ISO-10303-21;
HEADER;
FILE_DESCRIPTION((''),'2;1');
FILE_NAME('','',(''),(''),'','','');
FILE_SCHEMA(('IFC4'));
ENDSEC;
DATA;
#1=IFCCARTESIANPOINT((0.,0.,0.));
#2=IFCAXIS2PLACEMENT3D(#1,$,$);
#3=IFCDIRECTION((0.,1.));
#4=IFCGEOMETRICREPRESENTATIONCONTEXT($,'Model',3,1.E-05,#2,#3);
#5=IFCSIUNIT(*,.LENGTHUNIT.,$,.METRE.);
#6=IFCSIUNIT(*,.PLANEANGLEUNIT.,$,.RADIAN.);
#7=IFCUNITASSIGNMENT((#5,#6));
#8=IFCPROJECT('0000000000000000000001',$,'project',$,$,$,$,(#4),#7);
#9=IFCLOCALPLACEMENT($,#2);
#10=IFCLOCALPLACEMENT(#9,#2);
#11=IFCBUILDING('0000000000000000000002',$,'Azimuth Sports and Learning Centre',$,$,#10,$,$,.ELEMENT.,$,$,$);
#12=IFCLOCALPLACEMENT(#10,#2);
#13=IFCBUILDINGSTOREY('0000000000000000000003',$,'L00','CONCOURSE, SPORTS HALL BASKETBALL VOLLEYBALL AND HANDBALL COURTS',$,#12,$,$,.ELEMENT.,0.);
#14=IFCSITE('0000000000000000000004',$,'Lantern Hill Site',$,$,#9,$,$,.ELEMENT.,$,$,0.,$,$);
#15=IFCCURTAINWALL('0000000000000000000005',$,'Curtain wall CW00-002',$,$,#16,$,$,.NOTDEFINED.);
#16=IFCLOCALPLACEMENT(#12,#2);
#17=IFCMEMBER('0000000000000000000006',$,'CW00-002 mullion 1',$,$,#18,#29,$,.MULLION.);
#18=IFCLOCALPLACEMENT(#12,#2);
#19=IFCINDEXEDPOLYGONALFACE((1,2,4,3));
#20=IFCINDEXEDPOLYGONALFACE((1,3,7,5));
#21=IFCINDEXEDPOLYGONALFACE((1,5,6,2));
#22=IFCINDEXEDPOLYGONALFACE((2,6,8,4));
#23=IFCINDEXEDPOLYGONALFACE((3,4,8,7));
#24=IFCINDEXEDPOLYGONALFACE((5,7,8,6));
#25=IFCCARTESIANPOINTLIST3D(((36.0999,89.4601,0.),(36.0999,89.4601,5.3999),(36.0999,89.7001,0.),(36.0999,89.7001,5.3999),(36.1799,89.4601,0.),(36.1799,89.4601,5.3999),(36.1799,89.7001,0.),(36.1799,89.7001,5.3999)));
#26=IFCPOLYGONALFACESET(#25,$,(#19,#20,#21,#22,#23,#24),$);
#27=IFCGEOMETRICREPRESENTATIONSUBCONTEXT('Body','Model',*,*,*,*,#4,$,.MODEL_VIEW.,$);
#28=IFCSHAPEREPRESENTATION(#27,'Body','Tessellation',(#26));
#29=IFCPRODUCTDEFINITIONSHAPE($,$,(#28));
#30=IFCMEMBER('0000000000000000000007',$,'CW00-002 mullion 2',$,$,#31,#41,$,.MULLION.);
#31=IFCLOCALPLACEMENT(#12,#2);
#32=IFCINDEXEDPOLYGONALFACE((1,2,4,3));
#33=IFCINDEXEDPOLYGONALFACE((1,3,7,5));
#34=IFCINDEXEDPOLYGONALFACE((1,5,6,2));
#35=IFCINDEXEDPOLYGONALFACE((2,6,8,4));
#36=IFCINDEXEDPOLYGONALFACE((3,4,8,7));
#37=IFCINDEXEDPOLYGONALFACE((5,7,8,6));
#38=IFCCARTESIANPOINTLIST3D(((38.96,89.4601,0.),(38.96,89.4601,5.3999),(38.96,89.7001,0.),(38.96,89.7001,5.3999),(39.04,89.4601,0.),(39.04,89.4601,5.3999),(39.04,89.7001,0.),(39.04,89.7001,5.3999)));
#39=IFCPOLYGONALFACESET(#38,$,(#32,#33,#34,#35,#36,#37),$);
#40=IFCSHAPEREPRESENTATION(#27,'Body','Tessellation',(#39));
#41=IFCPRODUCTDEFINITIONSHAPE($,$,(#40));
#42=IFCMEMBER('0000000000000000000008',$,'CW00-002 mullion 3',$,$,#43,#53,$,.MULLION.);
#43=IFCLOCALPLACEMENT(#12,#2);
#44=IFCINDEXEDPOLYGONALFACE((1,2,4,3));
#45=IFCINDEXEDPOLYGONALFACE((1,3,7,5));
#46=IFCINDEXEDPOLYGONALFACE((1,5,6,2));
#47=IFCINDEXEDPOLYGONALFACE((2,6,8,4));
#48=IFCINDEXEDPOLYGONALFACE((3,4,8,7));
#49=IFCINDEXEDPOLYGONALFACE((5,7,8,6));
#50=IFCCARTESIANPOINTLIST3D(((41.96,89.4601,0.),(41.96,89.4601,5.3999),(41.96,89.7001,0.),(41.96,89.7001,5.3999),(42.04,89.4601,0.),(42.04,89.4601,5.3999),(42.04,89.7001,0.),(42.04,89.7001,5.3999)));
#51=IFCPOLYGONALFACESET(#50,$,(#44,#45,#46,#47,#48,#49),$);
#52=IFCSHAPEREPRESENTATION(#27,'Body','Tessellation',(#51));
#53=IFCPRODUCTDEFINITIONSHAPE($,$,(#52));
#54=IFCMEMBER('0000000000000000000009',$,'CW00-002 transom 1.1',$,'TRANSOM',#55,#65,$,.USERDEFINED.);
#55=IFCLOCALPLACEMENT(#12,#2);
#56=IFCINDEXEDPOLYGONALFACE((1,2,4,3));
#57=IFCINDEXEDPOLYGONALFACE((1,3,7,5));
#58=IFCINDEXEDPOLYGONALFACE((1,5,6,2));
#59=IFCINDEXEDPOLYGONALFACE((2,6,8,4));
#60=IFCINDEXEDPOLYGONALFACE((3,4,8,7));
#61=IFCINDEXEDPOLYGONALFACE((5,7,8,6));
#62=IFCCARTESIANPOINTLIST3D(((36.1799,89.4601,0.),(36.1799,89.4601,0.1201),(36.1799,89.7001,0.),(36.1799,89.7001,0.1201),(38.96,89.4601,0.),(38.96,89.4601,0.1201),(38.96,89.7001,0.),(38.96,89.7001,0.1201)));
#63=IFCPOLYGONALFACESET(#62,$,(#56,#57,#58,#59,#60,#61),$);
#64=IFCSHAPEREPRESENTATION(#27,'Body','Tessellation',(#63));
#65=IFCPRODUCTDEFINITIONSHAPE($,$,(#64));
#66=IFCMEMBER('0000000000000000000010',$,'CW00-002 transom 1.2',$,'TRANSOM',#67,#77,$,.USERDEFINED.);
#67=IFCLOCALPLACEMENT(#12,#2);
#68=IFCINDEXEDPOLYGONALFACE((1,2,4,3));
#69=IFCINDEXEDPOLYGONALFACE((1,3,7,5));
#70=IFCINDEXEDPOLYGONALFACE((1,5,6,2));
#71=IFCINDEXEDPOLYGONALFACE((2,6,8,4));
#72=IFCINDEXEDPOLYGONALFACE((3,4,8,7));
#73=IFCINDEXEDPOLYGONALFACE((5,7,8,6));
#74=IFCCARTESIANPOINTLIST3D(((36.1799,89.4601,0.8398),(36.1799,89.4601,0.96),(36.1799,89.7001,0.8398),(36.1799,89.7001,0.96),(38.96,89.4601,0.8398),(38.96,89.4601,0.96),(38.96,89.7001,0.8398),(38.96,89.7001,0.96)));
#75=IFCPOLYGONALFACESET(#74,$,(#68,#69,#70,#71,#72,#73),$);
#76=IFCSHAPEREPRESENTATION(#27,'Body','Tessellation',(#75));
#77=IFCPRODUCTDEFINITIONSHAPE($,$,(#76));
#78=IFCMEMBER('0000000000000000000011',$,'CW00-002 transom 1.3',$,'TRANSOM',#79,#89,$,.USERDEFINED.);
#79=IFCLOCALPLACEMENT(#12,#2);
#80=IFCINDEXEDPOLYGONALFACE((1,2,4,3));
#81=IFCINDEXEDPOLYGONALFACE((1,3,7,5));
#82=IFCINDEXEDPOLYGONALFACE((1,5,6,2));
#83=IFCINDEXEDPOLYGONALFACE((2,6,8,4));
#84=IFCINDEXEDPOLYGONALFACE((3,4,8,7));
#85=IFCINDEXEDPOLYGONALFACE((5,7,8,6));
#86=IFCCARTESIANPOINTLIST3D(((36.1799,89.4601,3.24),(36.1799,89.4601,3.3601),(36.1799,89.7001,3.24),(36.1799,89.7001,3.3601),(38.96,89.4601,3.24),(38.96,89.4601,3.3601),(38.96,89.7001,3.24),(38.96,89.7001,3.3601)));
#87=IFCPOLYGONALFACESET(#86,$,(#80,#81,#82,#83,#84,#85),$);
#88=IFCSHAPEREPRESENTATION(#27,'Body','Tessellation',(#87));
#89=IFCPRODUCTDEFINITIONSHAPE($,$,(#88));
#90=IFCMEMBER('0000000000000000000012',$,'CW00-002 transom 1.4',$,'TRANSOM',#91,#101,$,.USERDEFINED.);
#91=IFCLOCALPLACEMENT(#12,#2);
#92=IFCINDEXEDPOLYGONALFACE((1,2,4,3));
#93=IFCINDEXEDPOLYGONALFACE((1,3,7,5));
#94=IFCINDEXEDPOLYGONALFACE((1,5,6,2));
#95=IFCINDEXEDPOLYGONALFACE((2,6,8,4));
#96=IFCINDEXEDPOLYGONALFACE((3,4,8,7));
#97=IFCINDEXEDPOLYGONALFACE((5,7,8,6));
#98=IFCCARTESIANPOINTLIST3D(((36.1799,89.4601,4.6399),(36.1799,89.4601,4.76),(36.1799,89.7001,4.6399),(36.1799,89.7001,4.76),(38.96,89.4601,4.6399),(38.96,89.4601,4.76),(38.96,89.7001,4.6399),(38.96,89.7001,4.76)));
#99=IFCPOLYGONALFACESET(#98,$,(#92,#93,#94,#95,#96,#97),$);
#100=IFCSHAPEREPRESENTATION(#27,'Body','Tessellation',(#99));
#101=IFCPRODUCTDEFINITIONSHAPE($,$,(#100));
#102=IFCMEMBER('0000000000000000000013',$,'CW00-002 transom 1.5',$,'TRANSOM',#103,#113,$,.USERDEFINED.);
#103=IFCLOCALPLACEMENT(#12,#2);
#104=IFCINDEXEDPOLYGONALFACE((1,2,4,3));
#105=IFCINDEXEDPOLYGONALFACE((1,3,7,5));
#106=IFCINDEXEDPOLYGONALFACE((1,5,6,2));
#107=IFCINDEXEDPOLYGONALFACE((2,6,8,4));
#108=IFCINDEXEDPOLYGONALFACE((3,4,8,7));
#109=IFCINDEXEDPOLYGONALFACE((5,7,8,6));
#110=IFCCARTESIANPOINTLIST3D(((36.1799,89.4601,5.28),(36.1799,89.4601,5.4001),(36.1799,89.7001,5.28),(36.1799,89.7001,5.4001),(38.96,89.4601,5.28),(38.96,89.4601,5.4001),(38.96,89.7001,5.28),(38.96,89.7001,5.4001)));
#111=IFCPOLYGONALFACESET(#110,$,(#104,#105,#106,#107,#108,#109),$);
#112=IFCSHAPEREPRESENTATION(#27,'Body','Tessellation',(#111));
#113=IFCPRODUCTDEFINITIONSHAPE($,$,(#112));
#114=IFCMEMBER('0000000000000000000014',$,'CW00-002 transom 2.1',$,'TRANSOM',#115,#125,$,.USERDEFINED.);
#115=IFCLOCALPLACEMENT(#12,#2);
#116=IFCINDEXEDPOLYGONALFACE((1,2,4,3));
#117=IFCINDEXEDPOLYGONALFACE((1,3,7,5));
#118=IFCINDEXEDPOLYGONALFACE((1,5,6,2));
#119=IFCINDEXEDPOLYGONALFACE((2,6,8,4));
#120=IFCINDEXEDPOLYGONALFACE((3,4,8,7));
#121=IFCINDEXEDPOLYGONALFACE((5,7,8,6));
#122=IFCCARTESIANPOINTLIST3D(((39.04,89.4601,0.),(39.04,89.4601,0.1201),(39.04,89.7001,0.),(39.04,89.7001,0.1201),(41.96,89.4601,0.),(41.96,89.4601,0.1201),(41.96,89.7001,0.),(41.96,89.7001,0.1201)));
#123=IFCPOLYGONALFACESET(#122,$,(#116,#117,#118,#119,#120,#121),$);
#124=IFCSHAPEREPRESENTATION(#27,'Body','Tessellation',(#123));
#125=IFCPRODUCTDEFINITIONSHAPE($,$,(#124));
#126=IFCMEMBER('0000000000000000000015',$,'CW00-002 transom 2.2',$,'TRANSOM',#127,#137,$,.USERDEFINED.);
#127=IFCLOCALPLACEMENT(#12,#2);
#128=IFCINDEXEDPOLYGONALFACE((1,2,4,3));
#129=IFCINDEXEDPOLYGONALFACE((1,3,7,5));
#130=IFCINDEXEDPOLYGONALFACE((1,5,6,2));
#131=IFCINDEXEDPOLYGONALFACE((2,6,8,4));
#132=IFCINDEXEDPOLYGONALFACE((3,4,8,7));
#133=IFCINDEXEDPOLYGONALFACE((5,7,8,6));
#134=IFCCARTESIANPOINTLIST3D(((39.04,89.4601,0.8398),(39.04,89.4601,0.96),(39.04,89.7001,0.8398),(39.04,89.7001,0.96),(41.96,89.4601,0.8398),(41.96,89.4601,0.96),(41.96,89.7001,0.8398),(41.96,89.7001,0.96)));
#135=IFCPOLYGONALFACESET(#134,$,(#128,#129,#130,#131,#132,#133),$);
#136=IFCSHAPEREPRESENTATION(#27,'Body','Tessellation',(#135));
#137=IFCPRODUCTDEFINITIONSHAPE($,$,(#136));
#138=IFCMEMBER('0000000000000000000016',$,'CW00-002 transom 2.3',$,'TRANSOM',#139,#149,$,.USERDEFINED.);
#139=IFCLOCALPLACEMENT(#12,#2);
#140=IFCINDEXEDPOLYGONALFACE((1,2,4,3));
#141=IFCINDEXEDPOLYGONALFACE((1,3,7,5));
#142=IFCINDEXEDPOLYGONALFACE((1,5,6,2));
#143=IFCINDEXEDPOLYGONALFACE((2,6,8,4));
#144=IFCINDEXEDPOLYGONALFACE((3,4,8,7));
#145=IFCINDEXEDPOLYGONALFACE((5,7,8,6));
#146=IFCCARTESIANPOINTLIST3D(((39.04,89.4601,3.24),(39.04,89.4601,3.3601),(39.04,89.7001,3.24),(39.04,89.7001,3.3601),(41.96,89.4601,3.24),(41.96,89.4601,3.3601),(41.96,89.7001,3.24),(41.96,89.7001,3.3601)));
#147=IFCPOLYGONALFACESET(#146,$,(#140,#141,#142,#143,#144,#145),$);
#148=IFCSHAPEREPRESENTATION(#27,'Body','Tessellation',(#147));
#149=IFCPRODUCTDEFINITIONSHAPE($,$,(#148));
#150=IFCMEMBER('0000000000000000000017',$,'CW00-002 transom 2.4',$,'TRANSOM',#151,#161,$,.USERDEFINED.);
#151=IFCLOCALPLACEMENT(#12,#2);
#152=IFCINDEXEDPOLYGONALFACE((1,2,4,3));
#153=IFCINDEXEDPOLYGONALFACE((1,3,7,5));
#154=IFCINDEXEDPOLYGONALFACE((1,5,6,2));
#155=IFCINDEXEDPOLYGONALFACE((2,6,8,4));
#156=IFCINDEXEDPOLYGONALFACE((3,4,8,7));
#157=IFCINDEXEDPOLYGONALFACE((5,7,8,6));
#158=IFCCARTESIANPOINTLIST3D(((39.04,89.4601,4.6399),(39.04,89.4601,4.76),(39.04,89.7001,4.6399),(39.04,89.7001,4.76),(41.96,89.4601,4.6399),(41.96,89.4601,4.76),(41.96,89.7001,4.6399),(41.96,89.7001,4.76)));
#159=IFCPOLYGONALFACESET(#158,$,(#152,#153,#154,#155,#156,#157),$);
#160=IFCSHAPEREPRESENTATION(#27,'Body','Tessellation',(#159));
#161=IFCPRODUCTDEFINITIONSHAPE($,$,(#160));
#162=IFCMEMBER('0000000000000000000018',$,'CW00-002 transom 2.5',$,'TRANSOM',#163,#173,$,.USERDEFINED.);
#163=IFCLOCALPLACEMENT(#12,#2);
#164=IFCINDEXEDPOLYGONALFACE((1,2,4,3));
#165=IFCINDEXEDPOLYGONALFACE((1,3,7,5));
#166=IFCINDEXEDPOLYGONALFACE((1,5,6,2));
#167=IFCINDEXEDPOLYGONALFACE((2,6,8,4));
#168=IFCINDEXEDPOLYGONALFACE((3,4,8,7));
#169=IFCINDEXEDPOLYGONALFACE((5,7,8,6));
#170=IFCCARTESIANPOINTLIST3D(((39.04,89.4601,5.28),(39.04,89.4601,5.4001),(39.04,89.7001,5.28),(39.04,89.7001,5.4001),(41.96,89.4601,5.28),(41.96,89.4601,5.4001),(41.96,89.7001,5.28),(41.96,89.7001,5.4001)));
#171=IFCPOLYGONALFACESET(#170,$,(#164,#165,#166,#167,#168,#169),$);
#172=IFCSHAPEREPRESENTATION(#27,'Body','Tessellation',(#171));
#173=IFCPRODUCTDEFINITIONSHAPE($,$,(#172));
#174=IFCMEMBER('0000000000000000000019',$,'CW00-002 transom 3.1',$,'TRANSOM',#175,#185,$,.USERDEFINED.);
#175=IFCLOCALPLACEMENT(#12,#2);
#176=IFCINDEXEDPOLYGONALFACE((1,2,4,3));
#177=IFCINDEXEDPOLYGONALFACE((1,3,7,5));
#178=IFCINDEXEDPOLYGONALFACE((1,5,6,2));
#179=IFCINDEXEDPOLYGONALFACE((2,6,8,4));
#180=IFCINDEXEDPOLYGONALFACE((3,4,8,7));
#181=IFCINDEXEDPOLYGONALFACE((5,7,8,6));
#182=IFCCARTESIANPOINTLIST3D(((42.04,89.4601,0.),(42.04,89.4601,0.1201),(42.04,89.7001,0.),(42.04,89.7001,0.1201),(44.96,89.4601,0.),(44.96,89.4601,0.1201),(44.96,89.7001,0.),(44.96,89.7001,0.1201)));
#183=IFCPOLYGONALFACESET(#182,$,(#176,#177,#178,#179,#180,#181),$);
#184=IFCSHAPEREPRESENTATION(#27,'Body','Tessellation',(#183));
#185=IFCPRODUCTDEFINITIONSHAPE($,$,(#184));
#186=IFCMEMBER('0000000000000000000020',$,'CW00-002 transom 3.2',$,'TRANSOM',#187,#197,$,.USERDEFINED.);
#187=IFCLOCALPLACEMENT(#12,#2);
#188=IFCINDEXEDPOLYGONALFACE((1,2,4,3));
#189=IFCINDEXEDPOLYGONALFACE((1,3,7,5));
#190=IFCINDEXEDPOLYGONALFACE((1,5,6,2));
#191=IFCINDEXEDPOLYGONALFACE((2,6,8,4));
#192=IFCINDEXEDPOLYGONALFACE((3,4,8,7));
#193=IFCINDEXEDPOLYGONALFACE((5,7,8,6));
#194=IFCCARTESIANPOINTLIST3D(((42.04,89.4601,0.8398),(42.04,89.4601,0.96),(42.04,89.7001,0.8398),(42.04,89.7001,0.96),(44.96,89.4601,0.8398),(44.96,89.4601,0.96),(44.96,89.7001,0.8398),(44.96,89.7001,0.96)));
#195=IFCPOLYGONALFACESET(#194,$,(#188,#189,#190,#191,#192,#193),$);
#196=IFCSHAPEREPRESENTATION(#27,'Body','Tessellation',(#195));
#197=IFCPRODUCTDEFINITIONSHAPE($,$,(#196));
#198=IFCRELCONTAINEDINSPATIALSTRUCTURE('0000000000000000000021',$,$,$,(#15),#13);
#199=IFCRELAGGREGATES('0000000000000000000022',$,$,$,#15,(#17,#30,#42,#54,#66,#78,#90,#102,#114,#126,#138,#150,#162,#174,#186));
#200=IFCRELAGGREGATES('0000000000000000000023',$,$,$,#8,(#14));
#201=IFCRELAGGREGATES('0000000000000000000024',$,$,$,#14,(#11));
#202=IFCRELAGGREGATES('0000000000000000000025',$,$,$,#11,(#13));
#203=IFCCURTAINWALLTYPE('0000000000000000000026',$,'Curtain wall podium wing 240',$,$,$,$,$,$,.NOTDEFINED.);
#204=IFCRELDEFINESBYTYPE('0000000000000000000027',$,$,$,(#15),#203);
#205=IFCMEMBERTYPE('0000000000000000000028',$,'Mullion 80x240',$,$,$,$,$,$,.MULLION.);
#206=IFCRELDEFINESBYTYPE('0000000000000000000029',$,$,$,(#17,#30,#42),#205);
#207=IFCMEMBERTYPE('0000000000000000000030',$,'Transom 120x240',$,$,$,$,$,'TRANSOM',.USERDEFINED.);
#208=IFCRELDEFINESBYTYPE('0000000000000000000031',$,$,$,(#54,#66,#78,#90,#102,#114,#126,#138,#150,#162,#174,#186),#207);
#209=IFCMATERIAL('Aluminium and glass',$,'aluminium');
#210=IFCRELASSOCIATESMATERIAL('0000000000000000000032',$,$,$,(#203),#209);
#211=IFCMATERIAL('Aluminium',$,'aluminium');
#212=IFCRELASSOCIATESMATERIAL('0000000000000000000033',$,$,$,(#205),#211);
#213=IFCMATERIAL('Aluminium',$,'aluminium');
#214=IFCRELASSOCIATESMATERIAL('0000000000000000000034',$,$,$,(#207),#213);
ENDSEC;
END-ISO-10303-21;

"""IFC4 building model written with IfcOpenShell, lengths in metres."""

from ifc_helpers import new_model, si_unit, direction, frame, origin, origin_2d, place, context, subcontext, project, spatial, rectangle, extrude, material, material_profile, profile_set, type_object, element, aggregate, save


model = new_model("IFC4")

# Units and contexts
model_context = context("Model", 3, precision=1e-05, world=origin(), true_north=direction((0.0, 1.0)))
body_context = subcontext(model_context, "Body", "Model", "MODEL_VIEW")
ifc_project = project(units=[si_unit("LENGTHUNIT", "METRE"), si_unit("PLANEANGLEUNIT", "RADIAN")], contexts=[model_context])

# Site, building, storey
site_placement = place(None, origin())
site = spatial("IfcSite", under=ifc_project, at=site_placement, Name="Lantern Hill Site", CompositionType="ELEMENT", RefElevation=0.0)
building_placement = place(site_placement, origin())
building = spatial("IfcBuilding", under=site, at=building_placement, Name="Azimuth Sports and Learning Centre", CompositionType="ELEMENT")
storey_placement = place(building_placement, origin())
storey = spatial("IfcBuildingStorey", under=building, at=storey_placement, Name="L00", Description="CONCOURSE, SPORTS HALL BASKETBALL VOLLEYBALL AND HANDBALL COURTS", CompositionType="ELEMENT", Elevation=0.0)

# Curtain wall, members
ifc_material_1 = material(Name="Aluminium and glass", Category="aluminium")
curtain_wall_type = type_object("IfcCurtainWallType", Name="Curtain wall podium wing 240", PredefinedType="NOTDEFINED", material=ifc_material_1)
curtain_wall_placement = place(storey_placement, origin())
curtain_wall = element("IfcCurtainWall", 1, at=curtain_wall_placement, inside=storey, type_object=curtain_wall_type, Name="Curtain wall CW00-002", PredefinedType="NOTDEFINED")
ifc_material_2 = material(Name="Aluminium", Category="aluminium")
ifc_material_profile_1 = material_profile(ifc_material_2, rectangle(XDim=0.24, YDim=0.0801, at=origin_2d()), Name="Mullion 80x240")
ifc_profile_set_1 = profile_set([ifc_material_profile_1], Name="Aluminium")
member_type_1 = type_object("IfcMemberType", Name="Mullion 80x240", PredefinedType="MULLION", material=ifc_profile_set_1)
member_1_placement = place(storey_placement, frame((36.1399, 89.5801, 0.0), z_axis=(0.0, 0.0, 1.0), x_axis=(0.0, 1.0, 0.0)))
member_1 = element("IfcMember", 2, at=member_1_placement, type_object=member_type_1, Name="CW00-002 mullion 1", PredefinedType="MULLION", context=body_context, shape_type="SweptSolid", body=[
    extrude(rectangle(XDim=0.24, YDim=0.0801, at=origin_2d()), origin(), (0.0, 0.0, 1.0), 5.3999),
])
member_2_placement = place(storey_placement, frame((39.0, 89.5801, 0.0), z_axis=(0.0, 0.0, 1.0), x_axis=(0.0, 1.0, 0.0)))
member_2 = element("IfcMember", 3, at=member_2_placement, type_object=member_type_1, Name="CW00-002 mullion 2", PredefinedType="MULLION", context=body_context, shape_type="SweptSolid", body=[
    extrude(rectangle(XDim=0.24, YDim=0.0801, at=origin_2d()), origin(), (0.0, 0.0, 1.0), 5.3999),
])
member_3_placement = place(storey_placement, frame((42.0, 89.5801, 0.0), z_axis=(0.0, 0.0, 1.0), x_axis=(0.0, 1.0, 0.0)))
member_3 = element("IfcMember", 4, at=member_3_placement, type_object=member_type_1, Name="CW00-002 mullion 3", PredefinedType="MULLION", context=body_context, shape_type="SweptSolid", body=[
    extrude(rectangle(XDim=0.24, YDim=0.0801, at=origin_2d()), origin(), (0.0, 0.0, 1.0), 5.3999),
])
ifc_material_3 = material(Name="Aluminium", Category="aluminium")
ifc_material_profile_2 = material_profile(ifc_material_3, rectangle(XDim=0.24, YDim=0.1201, at=origin_2d()), Name="Transom 120x240")
ifc_profile_set_2 = profile_set([ifc_material_profile_2], Name="Aluminium")
member_type_2 = type_object("IfcMemberType", Name="Transom 120x240", ElementType="TRANSOM", PredefinedType="USERDEFINED", material=ifc_profile_set_2)
member_4_placement = place(storey_placement, frame((36.1799, 89.5801, 0.0601), z_axis=(1.0, 0.0, 0.0), x_axis=(0.0, 1.0, 0.0)))
member_4 = element("IfcMember", 5, at=member_4_placement, type_object=member_type_2, Name="CW00-002 transom 1.1", ObjectType="TRANSOM", PredefinedType="USERDEFINED", context=body_context, shape_type="SweptSolid", body=[
    extrude(rectangle(XDim=0.24, YDim=0.1201, at=origin_2d()), origin(), (0.0, 0.0, 1.0), 2.78),
])
member_5_placement = place(storey_placement, frame((36.1799, 89.5801, 0.8999), z_axis=(1.0, 0.0, 0.0), x_axis=(0.0, 1.0, 0.0)))
member_5 = element("IfcMember", 6, at=member_5_placement, type_object=member_type_2, Name="CW00-002 transom 1.2", ObjectType="TRANSOM", PredefinedType="USERDEFINED", context=body_context, shape_type="SweptSolid", body=[
    extrude(rectangle(XDim=0.24, YDim=0.1201, at=origin_2d()), origin(), (0.0, 0.0, 1.0), 2.78),
])
member_6_placement = place(storey_placement, frame((36.1799, 89.5801, 3.3), z_axis=(1.0, 0.0, 0.0), x_axis=(0.0, 1.0, 0.0)))
member_6 = element("IfcMember", 7, at=member_6_placement, type_object=member_type_2, Name="CW00-002 transom 1.3", ObjectType="TRANSOM", PredefinedType="USERDEFINED", context=body_context, shape_type="SweptSolid", body=[
    extrude(rectangle(XDim=0.24, YDim=0.1201, at=origin_2d()), origin(), (0.0, 0.0, 1.0), 2.78),
])
member_7_placement = place(storey_placement, frame((36.1799, 89.5801, 4.7), z_axis=(1.0, 0.0, 0.0), x_axis=(0.0, 1.0, 0.0)))
member_7 = element("IfcMember", 8, at=member_7_placement, type_object=member_type_2, Name="CW00-002 transom 1.4", ObjectType="TRANSOM", PredefinedType="USERDEFINED", context=body_context, shape_type="SweptSolid", body=[
    extrude(rectangle(XDim=0.24, YDim=0.1201, at=origin_2d()), origin(), (0.0, 0.0, 1.0), 2.78),
])
member_8_placement = place(storey_placement, frame((36.1799, 89.5801, 5.3401), z_axis=(1.0, 0.0, 0.0), x_axis=(0.0, 1.0, 0.0)))
member_8 = element("IfcMember", 9, at=member_8_placement, type_object=member_type_2, Name="CW00-002 transom 1.5", ObjectType="TRANSOM", PredefinedType="USERDEFINED", context=body_context, shape_type="SweptSolid", body=[
    extrude(rectangle(XDim=0.24, YDim=0.1201, at=origin_2d()), origin(), (0.0, 0.0, 1.0), 2.78),
])
member_9_placement = place(storey_placement, frame((39.04, 89.5801, 0.0601), z_axis=(1.0, 0.0, 0.0), x_axis=(0.0, 1.0, 0.0)))
member_9 = element("IfcMember", 10, at=member_9_placement, type_object=member_type_2, Name="CW00-002 transom 2.1", ObjectType="TRANSOM", PredefinedType="USERDEFINED", context=body_context, shape_type="SweptSolid", body=[
    extrude(rectangle(XDim=0.24, YDim=0.1201, at=origin_2d()), origin(), (0.0, 0.0, 1.0), 2.9199),
])
member_10_placement = place(storey_placement, frame((39.04, 89.5801, 0.8999), z_axis=(1.0, 0.0, 0.0), x_axis=(0.0, 1.0, 0.0)))
member_10 = element("IfcMember", 11, at=member_10_placement, type_object=member_type_2, Name="CW00-002 transom 2.2", ObjectType="TRANSOM", PredefinedType="USERDEFINED", context=body_context, shape_type="SweptSolid", body=[
    extrude(rectangle(XDim=0.24, YDim=0.1201, at=origin_2d()), origin(), (0.0, 0.0, 1.0), 2.9199),
])
member_11_placement = place(storey_placement, frame((39.04, 89.5801, 3.3), z_axis=(1.0, 0.0, 0.0), x_axis=(0.0, 1.0, 0.0)))
member_11 = element("IfcMember", 12, at=member_11_placement, type_object=member_type_2, Name="CW00-002 transom 2.3", ObjectType="TRANSOM", PredefinedType="USERDEFINED", context=body_context, shape_type="SweptSolid", body=[
    extrude(rectangle(XDim=0.24, YDim=0.1201, at=origin_2d()), origin(), (0.0, 0.0, 1.0), 2.9199),
])
member_12_placement = place(storey_placement, frame((39.04, 89.5801, 4.7), z_axis=(1.0, 0.0, 0.0), x_axis=(0.0, 1.0, 0.0)))
member_12 = element("IfcMember", 13, at=member_12_placement, type_object=member_type_2, Name="CW00-002 transom 2.4", ObjectType="TRANSOM", PredefinedType="USERDEFINED", context=body_context, shape_type="SweptSolid", body=[
    extrude(rectangle(XDim=0.24, YDim=0.1201, at=origin_2d()), origin(), (0.0, 0.0, 1.0), 2.9199),
])
member_13_placement = place(storey_placement, frame((39.04, 89.5801, 5.3401), z_axis=(1.0, 0.0, 0.0), x_axis=(0.0, 1.0, 0.0)))
member_13 = element("IfcMember", 14, at=member_13_placement, type_object=member_type_2, Name="CW00-002 transom 2.5", ObjectType="TRANSOM", PredefinedType="USERDEFINED", context=body_context, shape_type="SweptSolid", body=[
    extrude(rectangle(XDim=0.24, YDim=0.1201, at=origin_2d()), origin(), (0.0, 0.0, 1.0), 2.9199),
])
member_14_placement = place(storey_placement, frame((42.04, 89.5801, 0.0601), z_axis=(1.0, 0.0, 0.0), x_axis=(0.0, 1.0, 0.0)))
member_14 = element("IfcMember", 15, at=member_14_placement, type_object=member_type_2, Name="CW00-002 transom 3.1", ObjectType="TRANSOM", PredefinedType="USERDEFINED", context=body_context, shape_type="SweptSolid", body=[
    extrude(rectangle(XDim=0.24, YDim=0.1201, at=origin_2d()), origin(), (0.0, 0.0, 1.0), 2.9199),
])
member_15_placement = place(storey_placement, frame((42.04, 89.5801, 0.8999), z_axis=(1.0, 0.0, 0.0), x_axis=(0.0, 1.0, 0.0)))
member_15 = element("IfcMember", 16, at=member_15_placement, type_object=member_type_2, Name="CW00-002 transom 3.2", ObjectType="TRANSOM", PredefinedType="USERDEFINED", context=body_context, shape_type="SweptSolid", body=[
    extrude(rectangle(XDim=0.24, YDim=0.1201, at=origin_2d()), origin(), (0.0, 0.0, 1.0), 2.9199),
])
aggregate(curtain_wall, [member_1, member_2, member_3, member_4, member_5, member_6, member_7, member_8, member_9, member_10, member_11, member_12, member_13, member_14, member_15])

save(model, "model.ifc")
